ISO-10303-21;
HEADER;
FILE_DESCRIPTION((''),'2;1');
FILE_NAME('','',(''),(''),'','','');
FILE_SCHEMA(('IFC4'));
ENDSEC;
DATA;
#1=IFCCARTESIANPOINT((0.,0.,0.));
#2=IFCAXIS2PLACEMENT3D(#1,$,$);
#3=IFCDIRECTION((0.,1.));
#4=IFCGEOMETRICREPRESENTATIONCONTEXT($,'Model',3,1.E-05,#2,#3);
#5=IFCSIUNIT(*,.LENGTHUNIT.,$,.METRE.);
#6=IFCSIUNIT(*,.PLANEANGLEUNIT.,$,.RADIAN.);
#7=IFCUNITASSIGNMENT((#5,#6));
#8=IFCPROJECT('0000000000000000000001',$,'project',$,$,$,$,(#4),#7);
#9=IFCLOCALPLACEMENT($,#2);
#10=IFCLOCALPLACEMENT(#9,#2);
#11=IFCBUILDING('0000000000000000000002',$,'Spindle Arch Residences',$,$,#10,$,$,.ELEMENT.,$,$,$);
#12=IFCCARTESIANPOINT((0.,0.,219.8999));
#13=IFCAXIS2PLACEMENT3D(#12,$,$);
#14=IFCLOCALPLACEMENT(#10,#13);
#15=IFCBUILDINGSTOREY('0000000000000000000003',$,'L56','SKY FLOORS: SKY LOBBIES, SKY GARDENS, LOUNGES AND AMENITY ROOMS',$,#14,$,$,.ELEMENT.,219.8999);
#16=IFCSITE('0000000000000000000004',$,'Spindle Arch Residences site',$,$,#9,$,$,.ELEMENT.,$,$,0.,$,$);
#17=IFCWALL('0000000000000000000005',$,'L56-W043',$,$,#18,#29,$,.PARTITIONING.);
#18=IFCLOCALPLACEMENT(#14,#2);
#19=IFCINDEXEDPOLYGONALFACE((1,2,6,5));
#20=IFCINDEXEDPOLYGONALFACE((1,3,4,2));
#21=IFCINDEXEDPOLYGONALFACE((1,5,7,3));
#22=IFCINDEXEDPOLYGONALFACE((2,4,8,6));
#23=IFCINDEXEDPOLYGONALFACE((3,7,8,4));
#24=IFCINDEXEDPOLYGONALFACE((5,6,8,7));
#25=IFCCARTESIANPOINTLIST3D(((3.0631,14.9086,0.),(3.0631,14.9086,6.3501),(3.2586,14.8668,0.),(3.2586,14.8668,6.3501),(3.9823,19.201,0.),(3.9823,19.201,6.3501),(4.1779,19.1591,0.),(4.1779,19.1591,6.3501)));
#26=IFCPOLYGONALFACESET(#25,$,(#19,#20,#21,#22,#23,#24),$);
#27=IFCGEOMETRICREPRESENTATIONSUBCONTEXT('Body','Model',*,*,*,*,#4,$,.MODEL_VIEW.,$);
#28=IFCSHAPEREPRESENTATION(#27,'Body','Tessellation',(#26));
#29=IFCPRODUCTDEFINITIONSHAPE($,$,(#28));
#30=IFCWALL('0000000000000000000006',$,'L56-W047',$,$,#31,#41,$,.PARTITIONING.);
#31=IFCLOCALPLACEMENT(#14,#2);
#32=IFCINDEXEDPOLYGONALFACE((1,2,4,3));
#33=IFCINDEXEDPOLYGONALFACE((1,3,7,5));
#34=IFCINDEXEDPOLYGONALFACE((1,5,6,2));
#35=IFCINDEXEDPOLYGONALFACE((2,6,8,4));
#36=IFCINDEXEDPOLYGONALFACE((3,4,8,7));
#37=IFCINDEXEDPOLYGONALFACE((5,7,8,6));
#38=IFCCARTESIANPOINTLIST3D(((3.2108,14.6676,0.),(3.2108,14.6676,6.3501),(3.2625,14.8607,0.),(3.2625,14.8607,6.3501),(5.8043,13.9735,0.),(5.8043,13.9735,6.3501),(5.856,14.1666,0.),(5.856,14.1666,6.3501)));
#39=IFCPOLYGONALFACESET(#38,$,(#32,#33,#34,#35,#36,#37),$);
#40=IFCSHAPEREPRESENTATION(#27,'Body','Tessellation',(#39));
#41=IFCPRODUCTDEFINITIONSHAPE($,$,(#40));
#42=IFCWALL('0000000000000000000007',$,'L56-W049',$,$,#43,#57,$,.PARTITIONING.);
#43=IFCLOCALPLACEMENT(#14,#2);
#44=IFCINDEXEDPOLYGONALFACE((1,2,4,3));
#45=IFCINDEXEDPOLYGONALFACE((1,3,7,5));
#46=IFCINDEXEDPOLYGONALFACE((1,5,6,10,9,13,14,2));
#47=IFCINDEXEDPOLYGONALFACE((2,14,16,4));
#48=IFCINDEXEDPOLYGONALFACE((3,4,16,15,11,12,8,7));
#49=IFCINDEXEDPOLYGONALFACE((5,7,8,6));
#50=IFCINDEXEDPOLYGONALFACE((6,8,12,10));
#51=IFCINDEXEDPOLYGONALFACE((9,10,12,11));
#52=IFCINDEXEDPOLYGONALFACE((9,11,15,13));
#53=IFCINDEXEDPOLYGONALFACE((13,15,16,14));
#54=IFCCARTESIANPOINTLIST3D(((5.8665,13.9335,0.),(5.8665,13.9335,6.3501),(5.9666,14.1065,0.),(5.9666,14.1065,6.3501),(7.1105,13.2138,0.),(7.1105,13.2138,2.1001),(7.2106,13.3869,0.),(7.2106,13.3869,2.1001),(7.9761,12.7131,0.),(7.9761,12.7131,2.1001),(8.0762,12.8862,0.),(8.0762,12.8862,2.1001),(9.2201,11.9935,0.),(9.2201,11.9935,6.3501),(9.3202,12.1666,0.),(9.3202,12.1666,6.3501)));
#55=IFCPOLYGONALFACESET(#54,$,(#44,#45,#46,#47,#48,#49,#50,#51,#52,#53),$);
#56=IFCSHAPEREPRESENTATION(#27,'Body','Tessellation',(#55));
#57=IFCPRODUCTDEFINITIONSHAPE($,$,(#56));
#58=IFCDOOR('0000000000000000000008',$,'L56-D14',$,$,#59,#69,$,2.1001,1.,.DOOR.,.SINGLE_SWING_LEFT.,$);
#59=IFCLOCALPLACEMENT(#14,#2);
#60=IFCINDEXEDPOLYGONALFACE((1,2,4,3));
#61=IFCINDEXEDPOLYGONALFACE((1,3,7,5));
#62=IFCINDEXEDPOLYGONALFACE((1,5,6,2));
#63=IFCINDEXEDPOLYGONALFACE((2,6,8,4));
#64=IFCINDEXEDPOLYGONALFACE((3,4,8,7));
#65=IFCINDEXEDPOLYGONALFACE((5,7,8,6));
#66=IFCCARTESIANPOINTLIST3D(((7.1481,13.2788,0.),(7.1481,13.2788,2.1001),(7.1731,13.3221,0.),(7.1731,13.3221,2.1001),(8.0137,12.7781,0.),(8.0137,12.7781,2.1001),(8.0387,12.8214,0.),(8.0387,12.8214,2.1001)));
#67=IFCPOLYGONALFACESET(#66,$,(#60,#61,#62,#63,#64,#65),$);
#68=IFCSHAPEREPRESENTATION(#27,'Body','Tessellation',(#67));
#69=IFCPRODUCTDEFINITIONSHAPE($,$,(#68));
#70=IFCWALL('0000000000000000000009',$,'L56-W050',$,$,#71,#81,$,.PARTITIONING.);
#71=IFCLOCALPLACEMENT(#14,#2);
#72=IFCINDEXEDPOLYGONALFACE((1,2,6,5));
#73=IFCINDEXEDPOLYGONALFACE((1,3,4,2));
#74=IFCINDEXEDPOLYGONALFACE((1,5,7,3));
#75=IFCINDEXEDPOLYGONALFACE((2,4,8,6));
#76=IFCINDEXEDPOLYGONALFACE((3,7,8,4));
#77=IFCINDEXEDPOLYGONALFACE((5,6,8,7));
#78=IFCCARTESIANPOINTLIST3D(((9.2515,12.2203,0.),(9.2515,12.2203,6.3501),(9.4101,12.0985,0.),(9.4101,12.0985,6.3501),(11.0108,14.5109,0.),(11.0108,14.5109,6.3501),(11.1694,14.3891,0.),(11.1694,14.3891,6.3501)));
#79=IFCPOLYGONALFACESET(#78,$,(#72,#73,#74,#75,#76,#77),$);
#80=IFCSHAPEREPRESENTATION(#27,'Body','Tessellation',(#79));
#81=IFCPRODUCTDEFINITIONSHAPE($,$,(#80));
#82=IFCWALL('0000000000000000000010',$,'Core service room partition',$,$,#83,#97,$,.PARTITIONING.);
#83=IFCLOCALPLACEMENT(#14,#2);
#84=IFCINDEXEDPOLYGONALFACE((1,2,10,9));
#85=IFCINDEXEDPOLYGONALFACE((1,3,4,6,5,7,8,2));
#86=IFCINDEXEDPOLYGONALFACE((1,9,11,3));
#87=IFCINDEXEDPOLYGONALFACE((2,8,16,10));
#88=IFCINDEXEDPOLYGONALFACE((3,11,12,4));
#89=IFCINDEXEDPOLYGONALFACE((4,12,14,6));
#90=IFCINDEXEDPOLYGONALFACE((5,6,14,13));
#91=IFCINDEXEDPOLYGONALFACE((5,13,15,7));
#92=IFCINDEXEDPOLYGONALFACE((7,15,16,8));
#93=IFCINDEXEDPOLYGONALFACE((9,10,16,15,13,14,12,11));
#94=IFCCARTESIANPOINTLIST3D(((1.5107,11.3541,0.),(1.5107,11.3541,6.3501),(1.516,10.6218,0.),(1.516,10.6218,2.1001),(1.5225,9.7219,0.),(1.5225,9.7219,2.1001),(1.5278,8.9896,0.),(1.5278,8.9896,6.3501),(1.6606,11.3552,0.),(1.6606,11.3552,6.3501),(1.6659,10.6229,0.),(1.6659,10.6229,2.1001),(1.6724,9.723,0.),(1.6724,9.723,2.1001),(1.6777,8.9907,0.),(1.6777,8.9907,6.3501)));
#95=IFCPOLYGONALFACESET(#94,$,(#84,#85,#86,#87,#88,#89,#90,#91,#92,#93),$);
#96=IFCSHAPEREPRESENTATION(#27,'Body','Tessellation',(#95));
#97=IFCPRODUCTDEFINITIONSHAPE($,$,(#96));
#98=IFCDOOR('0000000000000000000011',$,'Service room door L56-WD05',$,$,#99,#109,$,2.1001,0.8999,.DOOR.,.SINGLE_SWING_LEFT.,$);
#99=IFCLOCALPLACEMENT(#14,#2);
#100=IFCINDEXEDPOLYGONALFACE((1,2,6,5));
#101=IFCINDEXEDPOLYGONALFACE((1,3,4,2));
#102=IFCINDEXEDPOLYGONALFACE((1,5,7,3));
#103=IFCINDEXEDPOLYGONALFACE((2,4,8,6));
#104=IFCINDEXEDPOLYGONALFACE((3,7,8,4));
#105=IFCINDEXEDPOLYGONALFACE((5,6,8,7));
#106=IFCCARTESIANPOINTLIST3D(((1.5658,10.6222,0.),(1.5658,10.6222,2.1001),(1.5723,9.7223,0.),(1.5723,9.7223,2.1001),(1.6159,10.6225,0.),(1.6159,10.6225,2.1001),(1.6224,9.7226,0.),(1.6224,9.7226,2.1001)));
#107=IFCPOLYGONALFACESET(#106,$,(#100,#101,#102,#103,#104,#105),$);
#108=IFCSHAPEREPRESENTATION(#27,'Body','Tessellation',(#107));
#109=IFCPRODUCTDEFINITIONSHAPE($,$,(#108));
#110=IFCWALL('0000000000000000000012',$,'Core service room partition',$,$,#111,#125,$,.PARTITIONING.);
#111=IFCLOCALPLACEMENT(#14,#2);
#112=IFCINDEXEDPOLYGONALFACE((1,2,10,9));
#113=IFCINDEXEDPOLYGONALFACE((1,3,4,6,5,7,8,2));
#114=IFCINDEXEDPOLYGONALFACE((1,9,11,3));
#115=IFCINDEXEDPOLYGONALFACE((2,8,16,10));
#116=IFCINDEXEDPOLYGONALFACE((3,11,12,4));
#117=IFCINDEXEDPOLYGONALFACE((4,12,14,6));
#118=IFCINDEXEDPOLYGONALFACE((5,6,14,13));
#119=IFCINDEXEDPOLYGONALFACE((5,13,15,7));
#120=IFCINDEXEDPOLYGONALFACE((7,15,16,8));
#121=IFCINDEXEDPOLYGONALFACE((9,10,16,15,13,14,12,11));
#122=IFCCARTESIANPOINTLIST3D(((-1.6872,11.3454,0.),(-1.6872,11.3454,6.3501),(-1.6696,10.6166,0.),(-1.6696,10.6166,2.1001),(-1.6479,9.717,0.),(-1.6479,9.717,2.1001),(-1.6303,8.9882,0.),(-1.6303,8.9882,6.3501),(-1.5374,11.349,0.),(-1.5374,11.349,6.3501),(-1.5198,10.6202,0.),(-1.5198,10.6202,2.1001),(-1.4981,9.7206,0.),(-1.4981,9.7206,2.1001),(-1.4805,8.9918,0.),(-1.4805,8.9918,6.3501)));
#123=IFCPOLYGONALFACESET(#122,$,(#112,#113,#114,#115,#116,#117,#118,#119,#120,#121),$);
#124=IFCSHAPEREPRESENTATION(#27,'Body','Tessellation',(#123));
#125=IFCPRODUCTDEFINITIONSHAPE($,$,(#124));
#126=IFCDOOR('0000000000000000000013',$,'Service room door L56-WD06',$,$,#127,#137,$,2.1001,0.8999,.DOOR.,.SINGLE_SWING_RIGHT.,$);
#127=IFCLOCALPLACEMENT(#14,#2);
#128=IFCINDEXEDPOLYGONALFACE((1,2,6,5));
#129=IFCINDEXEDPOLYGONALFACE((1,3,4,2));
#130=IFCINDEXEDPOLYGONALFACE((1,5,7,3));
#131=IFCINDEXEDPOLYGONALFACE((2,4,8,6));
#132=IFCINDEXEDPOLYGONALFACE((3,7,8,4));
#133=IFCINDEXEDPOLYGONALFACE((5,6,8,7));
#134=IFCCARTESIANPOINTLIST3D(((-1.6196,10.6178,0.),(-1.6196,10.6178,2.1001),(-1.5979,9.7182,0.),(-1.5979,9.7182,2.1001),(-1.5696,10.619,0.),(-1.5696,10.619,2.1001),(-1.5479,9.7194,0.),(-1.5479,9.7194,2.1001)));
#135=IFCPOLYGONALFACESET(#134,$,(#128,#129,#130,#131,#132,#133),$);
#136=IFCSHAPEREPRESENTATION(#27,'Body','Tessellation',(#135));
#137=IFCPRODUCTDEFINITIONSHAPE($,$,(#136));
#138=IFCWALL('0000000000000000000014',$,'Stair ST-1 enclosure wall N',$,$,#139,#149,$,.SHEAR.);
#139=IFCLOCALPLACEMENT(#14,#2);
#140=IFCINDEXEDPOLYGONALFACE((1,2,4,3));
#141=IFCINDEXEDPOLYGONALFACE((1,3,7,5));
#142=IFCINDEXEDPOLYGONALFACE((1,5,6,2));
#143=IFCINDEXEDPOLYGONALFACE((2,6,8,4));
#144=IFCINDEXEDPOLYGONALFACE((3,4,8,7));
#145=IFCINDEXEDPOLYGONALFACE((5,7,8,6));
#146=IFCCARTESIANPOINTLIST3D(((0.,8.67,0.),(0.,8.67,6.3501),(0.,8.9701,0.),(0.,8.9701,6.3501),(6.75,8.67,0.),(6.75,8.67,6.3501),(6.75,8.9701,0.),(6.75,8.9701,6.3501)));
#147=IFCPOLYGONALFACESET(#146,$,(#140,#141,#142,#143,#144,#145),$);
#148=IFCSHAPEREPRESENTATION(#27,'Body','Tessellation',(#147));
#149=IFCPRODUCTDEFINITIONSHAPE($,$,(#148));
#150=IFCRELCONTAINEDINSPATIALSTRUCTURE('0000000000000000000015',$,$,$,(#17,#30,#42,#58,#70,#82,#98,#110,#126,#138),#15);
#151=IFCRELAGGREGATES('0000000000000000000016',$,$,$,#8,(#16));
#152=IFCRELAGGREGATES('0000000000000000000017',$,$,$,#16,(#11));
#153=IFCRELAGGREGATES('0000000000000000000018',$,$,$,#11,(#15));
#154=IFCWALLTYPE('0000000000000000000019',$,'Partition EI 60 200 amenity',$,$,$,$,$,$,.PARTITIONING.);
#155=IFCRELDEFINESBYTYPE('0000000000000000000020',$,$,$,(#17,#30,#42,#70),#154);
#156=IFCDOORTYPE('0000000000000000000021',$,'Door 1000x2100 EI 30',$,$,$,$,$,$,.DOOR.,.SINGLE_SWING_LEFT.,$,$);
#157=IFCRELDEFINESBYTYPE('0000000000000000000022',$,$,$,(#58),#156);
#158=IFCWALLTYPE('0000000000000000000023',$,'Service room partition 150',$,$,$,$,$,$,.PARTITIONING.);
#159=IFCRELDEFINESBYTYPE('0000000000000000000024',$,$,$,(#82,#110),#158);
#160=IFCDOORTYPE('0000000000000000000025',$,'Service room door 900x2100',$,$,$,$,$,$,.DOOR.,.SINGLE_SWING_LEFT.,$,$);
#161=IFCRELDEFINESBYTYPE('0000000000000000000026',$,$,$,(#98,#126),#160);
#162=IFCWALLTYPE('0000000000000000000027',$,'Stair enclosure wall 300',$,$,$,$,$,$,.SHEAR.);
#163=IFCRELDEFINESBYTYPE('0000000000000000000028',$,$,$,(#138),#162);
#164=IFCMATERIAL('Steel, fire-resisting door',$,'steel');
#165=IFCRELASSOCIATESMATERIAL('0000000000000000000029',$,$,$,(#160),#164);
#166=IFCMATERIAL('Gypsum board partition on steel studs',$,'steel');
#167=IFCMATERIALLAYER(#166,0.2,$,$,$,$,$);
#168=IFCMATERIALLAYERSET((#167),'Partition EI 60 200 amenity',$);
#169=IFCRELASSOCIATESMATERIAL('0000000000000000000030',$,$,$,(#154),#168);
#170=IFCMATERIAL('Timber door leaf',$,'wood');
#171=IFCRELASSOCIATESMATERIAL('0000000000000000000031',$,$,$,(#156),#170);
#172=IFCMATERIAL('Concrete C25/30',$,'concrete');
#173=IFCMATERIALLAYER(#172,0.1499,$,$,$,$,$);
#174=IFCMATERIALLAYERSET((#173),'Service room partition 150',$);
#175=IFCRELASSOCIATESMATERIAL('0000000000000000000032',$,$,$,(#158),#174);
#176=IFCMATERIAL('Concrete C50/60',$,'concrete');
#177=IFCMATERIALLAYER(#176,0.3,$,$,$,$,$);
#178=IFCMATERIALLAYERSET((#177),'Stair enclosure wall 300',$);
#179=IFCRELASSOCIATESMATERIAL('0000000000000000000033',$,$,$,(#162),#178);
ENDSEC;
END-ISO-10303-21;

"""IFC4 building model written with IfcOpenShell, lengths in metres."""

from ifc_helpers import new_model, si_unit, direction, frame, frame_2d, origin, place, context, subcontext, project, spatial, rectangle, extrude, material, layer, layer_set, type_object, element, fill, save


model = new_model("IFC4")

# Units and contexts
model_context = context("Model", 3, precision=1e-05, world=origin(), true_north=direction((0.0, 1.0)))
body_context = subcontext(model_context, "Body", "Model", "MODEL_VIEW")
ifc_project = project(units=[si_unit("LENGTHUNIT", "METRE"), si_unit("PLANEANGLEUNIT", "RADIAN")], contexts=[model_context])

# Site, building, storey
site_placement = place(None, origin())
site = spatial("IfcSite", under=ifc_project, at=site_placement, Name="Spindle Arch Residences site", CompositionType="ELEMENT", RefElevation=0.0)
building_placement = place(site_placement, origin())
building = spatial("IfcBuilding", under=site, at=building_placement, Name="Spindle Arch Residences", CompositionType="ELEMENT")
storey_placement = place(building_placement, frame((0.0, 0.0, 219.8999)))
storey = spatial("IfcBuildingStorey", under=building, at=storey_placement, Name="L56", Description="SKY FLOORS: SKY LOBBIES, SKY GARDENS, LOUNGES AND AMENITY ROOMS", CompositionType="ELEMENT", Elevation=219.8999)

# Shared definitions
ifc_material_1 = material(Name="Steel, fire-resisting door", Category="steel")
door_type_1 = type_object("IfcDoorType", Name="Service room door 900x2100", OperationType="SINGLE_SWING_LEFT", PredefinedType="DOOR", material=ifc_material_1)

# Shared definitions
ifc_material_2 = material(Name="Gypsum board partition on steel studs", Category="steel")
ifc_layer_1 = layer(ifc_material_2, 0.2)
ifc_layer_set_1 = layer_set([ifc_layer_1], Name="Partition EI 60 200 amenity")
wall_type_1 = type_object("IfcWallType", Name="Partition EI 60 200 amenity", PredefinedType="PARTITIONING", material=ifc_layer_set_1)
ifc_material_3 = material(Name="Timber door leaf", Category="wood")
door_type_2 = type_object("IfcDoorType", Name="Door 1000x2100 EI 30", OperationType="SINGLE_SWING_LEFT", PredefinedType="DOOR", material=ifc_material_3)

# Walls
wall_1_placement = place(storey_placement, frame((3.1609, 14.8877, 0.0), z_axis=(0.0, 0.0, 1.0), x_axis=(0.209404, 0.977829, 0.0)))
element("IfcWall", 1, at=wall_1_placement, inside=storey, type_object=wall_type_1, Name="L56-W043", PredefinedType="PARTITIONING", context=body_context, shape_type="SweptSolid", body=[
    extrude(rectangle(XDim=4.3896, YDim=0.2, at=frame_2d((2.1948, 0.0))), origin(), (0.0, 0.0, 1.0), 6.3501),
])
wall_2_placement = place(storey_placement, frame((5.8301, 14.0701, 0.0), z_axis=(0.0, 0.0, 1.0), x_axis=(-0.966004, 0.258529, 0.0)))
element("IfcWall", 2, at=wall_2_placement, inside=storey, type_object=wall_type_1, Name="L56-W047", PredefinedType="PARTITIONING", context=body_context, shape_type="SweptSolid", body=[
    extrude(rectangle(XDim=2.6848, YDim=0.2, at=frame_2d((1.3423, 0.0))), origin(), (0.0, 0.0, 1.0), 6.3501),
])

# Wall, opening, door
wall_3_placement = place(storey_placement, frame((9.27, 12.0801, 0.0), z_axis=(0.0, 0.0, 1.0), x_axis=(-0.865602, 0.500733, 0.0)))
wall_3 = element("IfcWall", 3, at=wall_3_placement, inside=storey, type_object=wall_type_1, Name="L56-W049", PredefinedType="PARTITIONING", context=body_context, shape_type="SweptSolid", body=[
    extrude(rectangle(XDim=3.8743, YDim=0.2, at=frame_2d((1.937, 0.0))), origin(), (0.0, 0.0, 1.0), 6.3501),
])
opening_1_placement = place(wall_3_placement, frame((1.437, 0.0, 0.0)))
opening_1 = element("IfcOpeningElement", 4, at=opening_1_placement, cuts=wall_3, PredefinedType="OPENING", context=body_context, shape_type="SweptSolid", body=[
    extrude(rectangle(XDim=1.0, YDim=2.1001, at=frame_2d((0.5, 1.05))), frame((0.0, 0.1099, 0.0), z_axis=(0.0, -1.0, 0.0), x_axis=(1.0, 0.0, 0.0)), (0.0, 0.0, 1.0), 0.22),
])
door_1_placement = place(opening_1_placement, origin())
door_1 = element("IfcDoor", 5, at=door_1_placement, inside=storey, type_object=door_type_2, Name="L56-D14", OperationType="SINGLE_SWING_LEFT", OverallHeight=2.1001, OverallWidth=1.0, PredefinedType="DOOR", context=body_context, shape_type="SweptSolid", body=[
    extrude(rectangle(XDim=1.0, YDim=2.1001, at=frame_2d((0.5, 1.05))), frame((0.0, 0.0249, 0.0), z_axis=(0.0, -1.0, 0.0), x_axis=(1.0, 0.0, 0.0)), (0.0, 0.0, 1.0), 0.05),
])
fill(opening_1, door_1)

# Wall
wall_4_placement = place(storey_placement, frame((9.3308, 12.1594, 0.0), z_axis=(0.0, 0.0, 1.0), x_axis=(0.609131, 0.79307, 0.0)))
element("IfcWall", 6, at=wall_4_placement, inside=storey, type_object=wall_type_1, Name="L56-W050", PredefinedType="PARTITIONING", context=body_context, shape_type="SweptSolid", body=[
    extrude(rectangle(XDim=2.8882, YDim=0.2, at=frame_2d((1.4441, 0.0))), origin(), (0.0, 0.0, 1.0), 6.3501),
])

# Walls, openings, doors
ifc_material_4 = material(Name="Concrete C25/30", Category="concrete")
ifc_layer_2 = layer(ifc_material_4, 0.1499)
ifc_layer_set_2 = layer_set([ifc_layer_2], Name="Service room partition 150")
wall_type_2 = type_object("IfcWallType", Name="Service room partition 150", PredefinedType="PARTITIONING", material=ifc_layer_set_2)
wall_5_placement = place(storey_placement, frame((1.5857, 11.3545, 0.0), z_axis=(0.0, 0.0, 1.0), x_axis=(0.007227, -0.999974, 0.0)))
wall_5 = element("IfcWall", 7, at=wall_5_placement, inside=storey, type_object=wall_type_2, Name="Core service room partition", PredefinedType="PARTITIONING", context=body_context, shape_type="SweptSolid", body=[
    extrude(rectangle(XDim=2.3645, YDim=0.1499, at=frame_2d((1.1821, 0.0))), origin(), (0.0, 0.0, 1.0), 6.3501),
])
opening_2_placement = place(wall_5_placement, frame((0.7322, 0.0, 0.0)))
opening_2 = element("IfcOpeningElement", 8, at=opening_2_placement, cuts=wall_5, PredefinedType="OPENING", context=body_context, shape_type="SweptSolid", body=[
    extrude(rectangle(XDim=0.8999, YDim=2.1001, at=frame_2d((0.45, 1.05))), frame((0.0, 0.085, 0.0), z_axis=(0.0, -1.0, 0.0), x_axis=(1.0, 0.0, 0.0)), (0.0, 0.0, 1.0), 0.1699),
])
door_2_placement = place(opening_2_placement, origin())
door_2 = element("IfcDoor", 9, at=door_2_placement, inside=storey, type_object=door_type_1, Name="Service room door L56-WD05", OperationType="SINGLE_SWING_LEFT", OverallHeight=2.1001, OverallWidth=0.8999, PredefinedType="DOOR", context=body_context, shape_type="SweptSolid", body=[
    extrude(rectangle(XDim=0.8999, YDim=2.1001, at=frame_2d((0.45, 1.05))), frame((0.0, 0.0249, 0.0), z_axis=(0.0, -1.0, 0.0), x_axis=(1.0, 0.0, 0.0)), (0.0, 0.0, 1.0), 0.05),
])
fill(opening_2, door_2)
wall_6_placement = place(storey_placement, frame((-1.5554, 8.99, 0.0), z_axis=(0.0, 0.0, 1.0), x_axis=(-0.024126, 0.999709, 0.0)))
wall_6 = element("IfcWall", 10, at=wall_6_placement, inside=storey, type_object=wall_type_2, Name="Core service room partition", PredefinedType="PARTITIONING", context=body_context, shape_type="SweptSolid", body=[
    extrude(rectangle(XDim=2.3579, YDim=0.1499, at=frame_2d((1.179, 0.0))), origin(), (0.0, 0.0, 1.0), 6.3501),
])
opening_3_placement = place(wall_6_placement, frame((0.729, 0.0, 0.0)))
opening_3 = element("IfcOpeningElement", 11, at=opening_3_placement, cuts=wall_6, PredefinedType="OPENING", context=body_context, shape_type="SweptSolid", body=[
    extrude(rectangle(XDim=0.8999, YDim=2.1001, at=frame_2d((0.45, 1.05))), frame((0.0, 0.085, 0.0), z_axis=(0.0, -1.0, 0.0), x_axis=(1.0, 0.0, 0.0)), (0.0, 0.0, 1.0), 0.1699),
])
door_3_placement = place(opening_3_placement, origin())
door_3 = element("IfcDoor", 12, at=door_3_placement, inside=storey, type_object=door_type_1, Name="Service room door L56-WD06", OperationType="SINGLE_SWING_RIGHT", OverallHeight=2.1001, OverallWidth=0.8999, PredefinedType="DOOR", context=body_context, shape_type="SweptSolid", body=[
    extrude(rectangle(XDim=0.8999, YDim=2.1001, at=frame_2d((0.45, 1.05))), frame((0.0, 0.0249, 0.0), z_axis=(0.0, -1.0, 0.0), x_axis=(1.0, 0.0, 0.0)), (0.0, 0.0, 1.0), 0.05),
])
fill(opening_3, door_3)

# Wall
ifc_material_5 = material(Name="Concrete C50/60", Category="concrete")
ifc_layer_3 = layer(ifc_material_5, 0.3)
ifc_layer_set_3 = layer_set([ifc_layer_3], Name="Stair enclosure wall 300")
wall_type_3 = type_object("IfcWallType", Name="Stair enclosure wall 300", PredefinedType="SHEAR", material=ifc_layer_set_3)
wall_7_placement = place(storey_placement, frame((0.0, 8.8201, 0.0), z_axis=(0.0, 0.0, 1.0), x_axis=(1.0, 0.0, 0.0)))
element("IfcWall", 13, at=wall_7_placement, inside=storey, type_object=wall_type_3, Name="Stair ST-1 enclosure wall N", PredefinedType="SHEAR", context=body_context, shape_type="SweptSolid", body=[
    extrude(rectangle(XDim=6.75, YDim=0.3, at=frame_2d((3.375, 0.0))), origin(), (0.0, 0.0, 1.0), 6.3501),
])

save(model, "model.ifc")
